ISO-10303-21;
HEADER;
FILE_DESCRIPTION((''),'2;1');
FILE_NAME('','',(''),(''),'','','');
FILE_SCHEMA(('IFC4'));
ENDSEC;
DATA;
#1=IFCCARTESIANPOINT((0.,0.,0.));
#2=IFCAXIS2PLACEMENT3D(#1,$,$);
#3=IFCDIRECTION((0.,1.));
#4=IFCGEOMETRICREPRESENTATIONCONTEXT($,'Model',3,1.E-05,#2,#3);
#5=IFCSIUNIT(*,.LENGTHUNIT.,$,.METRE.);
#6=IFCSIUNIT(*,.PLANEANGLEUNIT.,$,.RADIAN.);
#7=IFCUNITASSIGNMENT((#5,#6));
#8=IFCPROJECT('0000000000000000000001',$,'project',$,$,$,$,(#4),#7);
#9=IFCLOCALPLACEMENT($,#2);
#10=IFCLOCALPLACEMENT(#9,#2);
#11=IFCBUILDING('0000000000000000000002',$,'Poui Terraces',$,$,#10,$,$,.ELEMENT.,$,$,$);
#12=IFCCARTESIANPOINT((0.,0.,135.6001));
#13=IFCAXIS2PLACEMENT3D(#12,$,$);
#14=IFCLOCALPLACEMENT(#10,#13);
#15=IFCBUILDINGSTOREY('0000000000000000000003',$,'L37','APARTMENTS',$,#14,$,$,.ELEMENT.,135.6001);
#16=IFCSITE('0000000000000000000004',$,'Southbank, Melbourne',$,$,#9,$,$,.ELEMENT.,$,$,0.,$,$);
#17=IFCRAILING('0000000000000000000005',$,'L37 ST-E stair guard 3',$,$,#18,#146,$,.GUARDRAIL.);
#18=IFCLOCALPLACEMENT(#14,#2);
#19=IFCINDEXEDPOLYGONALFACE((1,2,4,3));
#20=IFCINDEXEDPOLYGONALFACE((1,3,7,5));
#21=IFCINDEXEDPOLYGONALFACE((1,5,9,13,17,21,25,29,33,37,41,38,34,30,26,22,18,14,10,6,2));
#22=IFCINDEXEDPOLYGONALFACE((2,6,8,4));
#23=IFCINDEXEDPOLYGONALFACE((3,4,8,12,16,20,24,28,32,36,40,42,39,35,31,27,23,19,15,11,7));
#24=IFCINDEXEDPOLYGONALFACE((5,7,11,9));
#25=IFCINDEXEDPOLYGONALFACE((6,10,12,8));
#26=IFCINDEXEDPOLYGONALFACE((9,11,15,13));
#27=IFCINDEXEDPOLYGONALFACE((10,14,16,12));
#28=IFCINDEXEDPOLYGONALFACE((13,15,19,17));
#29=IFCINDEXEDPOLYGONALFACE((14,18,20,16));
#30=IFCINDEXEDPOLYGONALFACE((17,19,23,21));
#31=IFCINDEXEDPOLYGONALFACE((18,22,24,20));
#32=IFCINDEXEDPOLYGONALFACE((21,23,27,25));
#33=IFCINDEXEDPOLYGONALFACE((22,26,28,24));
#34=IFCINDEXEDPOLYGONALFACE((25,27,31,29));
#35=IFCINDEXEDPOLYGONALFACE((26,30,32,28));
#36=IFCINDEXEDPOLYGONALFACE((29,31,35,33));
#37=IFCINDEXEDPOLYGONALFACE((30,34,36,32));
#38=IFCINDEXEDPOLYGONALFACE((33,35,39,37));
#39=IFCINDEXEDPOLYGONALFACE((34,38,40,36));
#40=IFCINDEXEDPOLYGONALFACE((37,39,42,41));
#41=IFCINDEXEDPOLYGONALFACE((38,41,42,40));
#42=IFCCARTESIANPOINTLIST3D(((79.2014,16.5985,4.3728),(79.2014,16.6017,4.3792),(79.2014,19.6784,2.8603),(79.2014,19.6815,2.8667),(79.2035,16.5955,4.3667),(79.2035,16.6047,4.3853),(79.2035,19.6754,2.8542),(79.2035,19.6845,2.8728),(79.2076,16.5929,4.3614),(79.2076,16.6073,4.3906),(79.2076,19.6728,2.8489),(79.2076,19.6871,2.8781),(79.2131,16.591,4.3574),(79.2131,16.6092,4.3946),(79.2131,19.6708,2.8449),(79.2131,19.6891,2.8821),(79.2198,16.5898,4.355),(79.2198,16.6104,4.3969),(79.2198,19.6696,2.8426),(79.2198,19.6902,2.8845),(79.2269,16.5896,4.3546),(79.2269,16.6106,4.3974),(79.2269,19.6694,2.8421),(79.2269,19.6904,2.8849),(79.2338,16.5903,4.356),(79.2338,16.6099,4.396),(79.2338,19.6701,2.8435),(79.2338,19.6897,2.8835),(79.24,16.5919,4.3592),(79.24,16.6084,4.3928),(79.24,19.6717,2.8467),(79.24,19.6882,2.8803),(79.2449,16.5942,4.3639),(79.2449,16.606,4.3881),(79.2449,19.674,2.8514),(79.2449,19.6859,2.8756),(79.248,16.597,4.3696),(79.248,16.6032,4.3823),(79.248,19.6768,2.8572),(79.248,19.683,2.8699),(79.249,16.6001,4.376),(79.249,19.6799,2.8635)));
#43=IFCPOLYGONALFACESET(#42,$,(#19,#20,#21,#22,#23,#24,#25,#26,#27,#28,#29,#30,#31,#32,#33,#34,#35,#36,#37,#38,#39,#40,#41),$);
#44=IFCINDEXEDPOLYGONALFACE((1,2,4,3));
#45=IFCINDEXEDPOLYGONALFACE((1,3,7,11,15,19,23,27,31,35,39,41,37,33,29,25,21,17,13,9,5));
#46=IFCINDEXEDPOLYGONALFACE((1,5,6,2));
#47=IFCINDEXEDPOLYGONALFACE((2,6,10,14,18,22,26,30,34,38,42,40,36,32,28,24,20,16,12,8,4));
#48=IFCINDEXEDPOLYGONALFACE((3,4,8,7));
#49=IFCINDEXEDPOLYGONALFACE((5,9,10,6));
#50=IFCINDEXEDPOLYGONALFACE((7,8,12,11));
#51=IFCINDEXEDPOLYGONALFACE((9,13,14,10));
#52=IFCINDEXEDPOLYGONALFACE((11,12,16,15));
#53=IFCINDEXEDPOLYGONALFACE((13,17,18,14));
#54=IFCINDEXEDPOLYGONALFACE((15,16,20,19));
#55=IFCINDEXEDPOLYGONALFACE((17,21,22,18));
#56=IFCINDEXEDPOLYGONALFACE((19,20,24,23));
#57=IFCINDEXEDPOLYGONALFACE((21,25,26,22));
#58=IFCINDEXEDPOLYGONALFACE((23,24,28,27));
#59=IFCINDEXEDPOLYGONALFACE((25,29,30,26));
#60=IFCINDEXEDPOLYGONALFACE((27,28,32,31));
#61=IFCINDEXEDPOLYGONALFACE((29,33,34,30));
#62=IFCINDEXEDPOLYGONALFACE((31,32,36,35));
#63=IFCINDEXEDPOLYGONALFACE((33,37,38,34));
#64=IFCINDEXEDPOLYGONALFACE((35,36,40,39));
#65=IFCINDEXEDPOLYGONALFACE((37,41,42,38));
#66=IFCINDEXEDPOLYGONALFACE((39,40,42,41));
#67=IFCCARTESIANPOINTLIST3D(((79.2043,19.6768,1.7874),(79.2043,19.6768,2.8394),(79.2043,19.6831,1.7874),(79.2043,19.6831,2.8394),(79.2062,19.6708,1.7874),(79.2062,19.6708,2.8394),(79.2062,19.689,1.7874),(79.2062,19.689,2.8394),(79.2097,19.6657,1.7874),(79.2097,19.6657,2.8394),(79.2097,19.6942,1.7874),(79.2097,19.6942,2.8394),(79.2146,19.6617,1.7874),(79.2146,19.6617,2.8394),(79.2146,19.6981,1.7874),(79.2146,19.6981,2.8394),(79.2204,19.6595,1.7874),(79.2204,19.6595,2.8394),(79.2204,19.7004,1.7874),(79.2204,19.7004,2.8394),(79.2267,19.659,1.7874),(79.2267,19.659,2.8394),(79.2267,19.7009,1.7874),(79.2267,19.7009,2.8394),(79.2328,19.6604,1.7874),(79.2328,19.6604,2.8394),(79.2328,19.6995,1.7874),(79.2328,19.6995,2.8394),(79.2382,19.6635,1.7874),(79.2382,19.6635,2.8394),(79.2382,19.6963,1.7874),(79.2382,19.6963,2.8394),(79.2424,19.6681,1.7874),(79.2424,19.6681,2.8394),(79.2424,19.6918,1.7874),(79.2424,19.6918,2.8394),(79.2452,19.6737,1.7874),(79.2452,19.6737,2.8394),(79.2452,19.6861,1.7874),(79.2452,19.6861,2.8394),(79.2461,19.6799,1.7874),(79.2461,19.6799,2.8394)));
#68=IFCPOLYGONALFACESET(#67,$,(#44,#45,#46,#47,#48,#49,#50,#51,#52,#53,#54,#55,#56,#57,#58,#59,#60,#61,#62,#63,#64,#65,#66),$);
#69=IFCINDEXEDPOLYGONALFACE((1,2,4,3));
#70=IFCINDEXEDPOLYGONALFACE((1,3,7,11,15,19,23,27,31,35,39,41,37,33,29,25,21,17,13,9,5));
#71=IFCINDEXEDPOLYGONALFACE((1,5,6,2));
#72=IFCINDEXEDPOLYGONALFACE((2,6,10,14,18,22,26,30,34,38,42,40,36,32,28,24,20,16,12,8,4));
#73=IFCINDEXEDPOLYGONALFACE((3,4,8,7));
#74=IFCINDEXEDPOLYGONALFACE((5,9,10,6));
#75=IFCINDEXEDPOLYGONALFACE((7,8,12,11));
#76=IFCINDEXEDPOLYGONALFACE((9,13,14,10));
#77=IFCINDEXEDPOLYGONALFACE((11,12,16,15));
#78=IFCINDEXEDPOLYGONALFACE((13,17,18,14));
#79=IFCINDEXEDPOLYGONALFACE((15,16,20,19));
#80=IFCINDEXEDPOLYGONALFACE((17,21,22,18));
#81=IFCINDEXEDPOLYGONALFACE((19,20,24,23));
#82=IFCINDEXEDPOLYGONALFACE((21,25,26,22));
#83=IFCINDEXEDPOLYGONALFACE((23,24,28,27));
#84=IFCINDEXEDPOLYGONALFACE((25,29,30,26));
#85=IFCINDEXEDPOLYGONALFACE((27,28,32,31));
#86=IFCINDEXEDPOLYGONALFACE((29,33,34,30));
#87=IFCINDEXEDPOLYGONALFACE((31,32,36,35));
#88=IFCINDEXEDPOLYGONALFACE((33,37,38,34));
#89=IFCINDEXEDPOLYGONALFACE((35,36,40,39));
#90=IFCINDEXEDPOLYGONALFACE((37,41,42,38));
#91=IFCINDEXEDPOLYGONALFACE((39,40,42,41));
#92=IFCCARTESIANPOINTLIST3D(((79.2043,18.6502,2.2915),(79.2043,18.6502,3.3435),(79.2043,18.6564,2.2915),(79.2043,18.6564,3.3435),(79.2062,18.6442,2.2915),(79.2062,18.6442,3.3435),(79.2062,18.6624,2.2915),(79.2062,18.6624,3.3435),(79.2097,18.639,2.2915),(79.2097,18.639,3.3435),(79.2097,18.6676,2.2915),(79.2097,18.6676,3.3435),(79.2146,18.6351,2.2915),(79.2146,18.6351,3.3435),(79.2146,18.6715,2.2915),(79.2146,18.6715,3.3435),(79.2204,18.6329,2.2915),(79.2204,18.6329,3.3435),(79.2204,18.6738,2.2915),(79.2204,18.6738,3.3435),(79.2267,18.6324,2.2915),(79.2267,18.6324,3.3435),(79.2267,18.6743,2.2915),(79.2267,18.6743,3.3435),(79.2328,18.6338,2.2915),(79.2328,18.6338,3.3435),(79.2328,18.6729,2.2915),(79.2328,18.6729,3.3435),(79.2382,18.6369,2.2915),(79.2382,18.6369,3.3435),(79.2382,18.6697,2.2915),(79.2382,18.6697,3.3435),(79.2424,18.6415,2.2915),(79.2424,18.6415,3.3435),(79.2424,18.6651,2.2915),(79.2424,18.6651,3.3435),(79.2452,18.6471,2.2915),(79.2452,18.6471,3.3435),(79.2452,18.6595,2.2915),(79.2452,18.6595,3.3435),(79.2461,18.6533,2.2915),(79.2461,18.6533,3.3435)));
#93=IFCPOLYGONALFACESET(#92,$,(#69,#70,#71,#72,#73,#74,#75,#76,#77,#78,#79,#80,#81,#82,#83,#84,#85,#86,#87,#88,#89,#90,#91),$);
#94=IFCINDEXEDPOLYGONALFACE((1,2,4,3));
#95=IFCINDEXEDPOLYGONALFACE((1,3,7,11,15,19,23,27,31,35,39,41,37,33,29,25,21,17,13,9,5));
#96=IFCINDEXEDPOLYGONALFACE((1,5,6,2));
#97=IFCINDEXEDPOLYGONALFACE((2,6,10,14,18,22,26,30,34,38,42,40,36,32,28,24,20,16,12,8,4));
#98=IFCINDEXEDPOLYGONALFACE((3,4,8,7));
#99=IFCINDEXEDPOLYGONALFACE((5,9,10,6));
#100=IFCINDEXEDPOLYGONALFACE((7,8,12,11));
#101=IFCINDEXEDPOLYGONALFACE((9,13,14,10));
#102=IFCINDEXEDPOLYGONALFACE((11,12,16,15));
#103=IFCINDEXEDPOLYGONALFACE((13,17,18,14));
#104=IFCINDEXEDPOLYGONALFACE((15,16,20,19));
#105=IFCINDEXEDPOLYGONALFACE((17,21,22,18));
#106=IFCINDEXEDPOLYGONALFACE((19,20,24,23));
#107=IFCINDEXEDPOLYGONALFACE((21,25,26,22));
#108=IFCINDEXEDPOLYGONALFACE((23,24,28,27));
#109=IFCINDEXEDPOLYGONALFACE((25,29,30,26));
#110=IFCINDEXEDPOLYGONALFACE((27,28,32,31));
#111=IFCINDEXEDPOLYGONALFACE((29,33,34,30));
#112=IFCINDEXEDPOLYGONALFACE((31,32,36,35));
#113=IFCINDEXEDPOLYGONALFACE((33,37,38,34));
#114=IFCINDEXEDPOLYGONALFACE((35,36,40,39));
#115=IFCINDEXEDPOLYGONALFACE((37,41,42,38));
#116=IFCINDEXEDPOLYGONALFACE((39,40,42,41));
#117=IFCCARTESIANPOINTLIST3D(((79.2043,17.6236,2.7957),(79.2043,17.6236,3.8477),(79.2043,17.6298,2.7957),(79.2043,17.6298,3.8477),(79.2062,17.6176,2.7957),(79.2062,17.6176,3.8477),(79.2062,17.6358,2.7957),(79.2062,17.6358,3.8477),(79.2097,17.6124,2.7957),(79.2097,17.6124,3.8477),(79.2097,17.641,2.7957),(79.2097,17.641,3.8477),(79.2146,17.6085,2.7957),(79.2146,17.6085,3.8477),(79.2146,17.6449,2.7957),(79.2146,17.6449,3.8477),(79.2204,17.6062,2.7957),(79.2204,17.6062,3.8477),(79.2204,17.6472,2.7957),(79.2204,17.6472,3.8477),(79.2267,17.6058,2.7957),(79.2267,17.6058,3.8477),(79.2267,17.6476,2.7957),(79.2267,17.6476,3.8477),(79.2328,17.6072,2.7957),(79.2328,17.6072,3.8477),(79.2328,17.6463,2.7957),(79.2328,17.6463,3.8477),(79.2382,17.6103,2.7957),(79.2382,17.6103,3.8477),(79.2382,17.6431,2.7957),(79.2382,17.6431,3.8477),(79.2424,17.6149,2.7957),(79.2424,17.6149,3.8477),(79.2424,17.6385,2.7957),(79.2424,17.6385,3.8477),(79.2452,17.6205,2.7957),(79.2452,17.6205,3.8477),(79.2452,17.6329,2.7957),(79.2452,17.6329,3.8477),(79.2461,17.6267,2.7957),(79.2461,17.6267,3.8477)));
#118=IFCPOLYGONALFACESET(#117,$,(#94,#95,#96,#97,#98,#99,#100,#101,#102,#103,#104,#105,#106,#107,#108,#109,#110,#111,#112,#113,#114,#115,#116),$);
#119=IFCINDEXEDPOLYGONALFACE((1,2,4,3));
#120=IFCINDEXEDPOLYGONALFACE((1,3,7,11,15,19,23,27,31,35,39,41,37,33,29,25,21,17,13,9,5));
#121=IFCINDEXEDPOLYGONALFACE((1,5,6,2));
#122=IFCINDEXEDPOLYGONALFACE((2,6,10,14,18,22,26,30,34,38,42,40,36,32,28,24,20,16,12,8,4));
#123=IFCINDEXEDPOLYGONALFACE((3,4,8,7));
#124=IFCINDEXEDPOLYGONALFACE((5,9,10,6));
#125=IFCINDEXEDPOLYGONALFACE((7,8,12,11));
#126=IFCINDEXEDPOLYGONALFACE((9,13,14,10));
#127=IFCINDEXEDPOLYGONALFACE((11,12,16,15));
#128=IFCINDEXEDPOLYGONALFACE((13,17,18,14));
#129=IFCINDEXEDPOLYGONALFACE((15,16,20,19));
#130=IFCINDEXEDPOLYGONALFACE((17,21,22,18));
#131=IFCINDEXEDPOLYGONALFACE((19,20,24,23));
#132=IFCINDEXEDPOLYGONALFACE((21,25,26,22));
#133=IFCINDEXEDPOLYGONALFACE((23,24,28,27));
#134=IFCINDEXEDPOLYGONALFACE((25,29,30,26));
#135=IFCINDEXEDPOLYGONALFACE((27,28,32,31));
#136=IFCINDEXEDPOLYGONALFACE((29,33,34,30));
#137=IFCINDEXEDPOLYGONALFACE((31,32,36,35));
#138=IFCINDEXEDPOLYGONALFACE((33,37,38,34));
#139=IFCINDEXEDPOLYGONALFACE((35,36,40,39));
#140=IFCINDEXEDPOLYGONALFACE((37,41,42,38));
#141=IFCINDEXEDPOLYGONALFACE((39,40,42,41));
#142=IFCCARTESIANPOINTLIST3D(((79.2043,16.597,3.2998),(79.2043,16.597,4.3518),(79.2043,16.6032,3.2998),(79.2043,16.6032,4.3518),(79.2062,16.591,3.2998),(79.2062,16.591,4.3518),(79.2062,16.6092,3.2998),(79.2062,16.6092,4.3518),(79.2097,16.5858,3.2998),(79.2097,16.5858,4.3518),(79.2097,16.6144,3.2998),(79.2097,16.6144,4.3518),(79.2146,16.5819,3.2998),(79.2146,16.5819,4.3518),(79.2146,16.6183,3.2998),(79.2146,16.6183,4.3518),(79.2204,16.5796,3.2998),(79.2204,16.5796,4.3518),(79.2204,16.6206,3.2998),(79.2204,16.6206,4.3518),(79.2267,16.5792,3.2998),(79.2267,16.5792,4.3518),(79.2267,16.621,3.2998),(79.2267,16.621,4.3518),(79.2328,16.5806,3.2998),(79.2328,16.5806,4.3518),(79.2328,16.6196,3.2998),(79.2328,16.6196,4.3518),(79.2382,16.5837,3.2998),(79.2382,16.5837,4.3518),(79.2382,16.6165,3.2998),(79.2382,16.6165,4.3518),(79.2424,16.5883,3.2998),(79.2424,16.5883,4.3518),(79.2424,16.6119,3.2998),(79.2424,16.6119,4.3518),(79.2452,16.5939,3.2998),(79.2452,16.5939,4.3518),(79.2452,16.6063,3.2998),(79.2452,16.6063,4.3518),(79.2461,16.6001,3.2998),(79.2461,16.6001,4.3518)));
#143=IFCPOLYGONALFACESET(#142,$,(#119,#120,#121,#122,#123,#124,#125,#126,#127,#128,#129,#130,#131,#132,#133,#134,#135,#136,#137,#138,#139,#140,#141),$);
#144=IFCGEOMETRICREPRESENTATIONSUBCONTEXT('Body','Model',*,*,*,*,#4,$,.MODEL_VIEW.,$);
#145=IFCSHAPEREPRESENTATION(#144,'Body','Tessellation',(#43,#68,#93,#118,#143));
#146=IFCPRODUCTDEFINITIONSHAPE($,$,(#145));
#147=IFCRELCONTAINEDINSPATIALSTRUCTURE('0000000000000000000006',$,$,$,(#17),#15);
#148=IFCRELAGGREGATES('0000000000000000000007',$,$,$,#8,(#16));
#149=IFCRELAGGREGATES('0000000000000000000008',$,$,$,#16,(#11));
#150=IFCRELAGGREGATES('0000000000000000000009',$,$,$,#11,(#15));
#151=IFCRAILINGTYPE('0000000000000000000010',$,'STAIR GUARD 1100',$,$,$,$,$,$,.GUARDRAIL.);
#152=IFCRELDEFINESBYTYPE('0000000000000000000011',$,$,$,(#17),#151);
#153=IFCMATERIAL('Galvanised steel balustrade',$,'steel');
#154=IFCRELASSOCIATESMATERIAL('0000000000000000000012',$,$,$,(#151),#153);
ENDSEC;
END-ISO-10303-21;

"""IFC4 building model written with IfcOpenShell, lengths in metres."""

from ifc_helpers import new_model, si_unit, direction, frame, origin, origin_2d, place, context, subcontext, project, spatial, circle, extrude, material, type_object, element, save


model = new_model("IFC4")

# Units and contexts
model_context = context("Model", 3, precision=1e-05, world=origin(), true_north=direction((0.0, 1.0)))
body_context = subcontext(model_context, "Body", "Model", "MODEL_VIEW")
ifc_project = project(units=[si_unit("LENGTHUNIT", "METRE"), si_unit("PLANEANGLEUNIT", "RADIAN")], contexts=[model_context])

# Site, building, storey
site_placement = place(None, origin())
site = spatial("IfcSite", under=ifc_project, at=site_placement, Name="Southbank, Melbourne", CompositionType="ELEMENT", RefElevation=0.0)
building_placement = place(site_placement, origin())
building = spatial("IfcBuilding", under=site, at=building_placement, Name="Poui Terraces", CompositionType="ELEMENT")
storey_placement = place(building_placement, frame((0.0, 0.0, 135.6001)))
storey = spatial("IfcBuildingStorey", under=building, at=storey_placement, Name="L37", Description="APARTMENTS", CompositionType="ELEMENT", Elevation=135.6001)

# Railing
ifc_material_1 = material(Name="Galvanised steel balustrade", Category="steel")
railing_type_1 = type_object("IfcRailingType", Name="STAIR GUARD 1100", PredefinedType="GUARDRAIL", material=ifc_material_1)
railing_1_placement = place(storey_placement, frame((79.2251, 19.6799, 1.7874)))
element("IfcRailing", 1, at=railing_1_placement, inside=storey, type_object=railing_type_1, Name="L37 ST-E stair guard 3", PredefinedType="GUARDRAIL", context=body_context, shape_type="SweptSolid", body=[
    extrude(circle(Radius=0.0239, at=origin_2d()), frame((0.0, 0.0, 1.0762), z_axis=(0.0, -0.897606, 0.440798), x_axis=(1.0, 0.0, 0.0)), (0.0, 0.0, 1.0), 3.4312),
    extrude(circle(Radius=0.021, at=origin_2d()), origin(), (0.0, 0.0, 1.0), 1.052),
    extrude(circle(Radius=0.021, at=origin_2d()), frame((0.0, -1.0266, 0.5042)), (0.0, 0.0, 1.0), 1.052),
    extrude(circle(Radius=0.021, at=origin_2d()), frame((0.0, -2.0532, 1.0083)), (0.0, 0.0, 1.0), 1.052),
    extrude(circle(Radius=0.021, at=origin_2d()), frame((0.0, -3.0798, 1.5125)), (0.0, 0.0, 1.0), 1.052),
])

save(model, "model.ifc")
